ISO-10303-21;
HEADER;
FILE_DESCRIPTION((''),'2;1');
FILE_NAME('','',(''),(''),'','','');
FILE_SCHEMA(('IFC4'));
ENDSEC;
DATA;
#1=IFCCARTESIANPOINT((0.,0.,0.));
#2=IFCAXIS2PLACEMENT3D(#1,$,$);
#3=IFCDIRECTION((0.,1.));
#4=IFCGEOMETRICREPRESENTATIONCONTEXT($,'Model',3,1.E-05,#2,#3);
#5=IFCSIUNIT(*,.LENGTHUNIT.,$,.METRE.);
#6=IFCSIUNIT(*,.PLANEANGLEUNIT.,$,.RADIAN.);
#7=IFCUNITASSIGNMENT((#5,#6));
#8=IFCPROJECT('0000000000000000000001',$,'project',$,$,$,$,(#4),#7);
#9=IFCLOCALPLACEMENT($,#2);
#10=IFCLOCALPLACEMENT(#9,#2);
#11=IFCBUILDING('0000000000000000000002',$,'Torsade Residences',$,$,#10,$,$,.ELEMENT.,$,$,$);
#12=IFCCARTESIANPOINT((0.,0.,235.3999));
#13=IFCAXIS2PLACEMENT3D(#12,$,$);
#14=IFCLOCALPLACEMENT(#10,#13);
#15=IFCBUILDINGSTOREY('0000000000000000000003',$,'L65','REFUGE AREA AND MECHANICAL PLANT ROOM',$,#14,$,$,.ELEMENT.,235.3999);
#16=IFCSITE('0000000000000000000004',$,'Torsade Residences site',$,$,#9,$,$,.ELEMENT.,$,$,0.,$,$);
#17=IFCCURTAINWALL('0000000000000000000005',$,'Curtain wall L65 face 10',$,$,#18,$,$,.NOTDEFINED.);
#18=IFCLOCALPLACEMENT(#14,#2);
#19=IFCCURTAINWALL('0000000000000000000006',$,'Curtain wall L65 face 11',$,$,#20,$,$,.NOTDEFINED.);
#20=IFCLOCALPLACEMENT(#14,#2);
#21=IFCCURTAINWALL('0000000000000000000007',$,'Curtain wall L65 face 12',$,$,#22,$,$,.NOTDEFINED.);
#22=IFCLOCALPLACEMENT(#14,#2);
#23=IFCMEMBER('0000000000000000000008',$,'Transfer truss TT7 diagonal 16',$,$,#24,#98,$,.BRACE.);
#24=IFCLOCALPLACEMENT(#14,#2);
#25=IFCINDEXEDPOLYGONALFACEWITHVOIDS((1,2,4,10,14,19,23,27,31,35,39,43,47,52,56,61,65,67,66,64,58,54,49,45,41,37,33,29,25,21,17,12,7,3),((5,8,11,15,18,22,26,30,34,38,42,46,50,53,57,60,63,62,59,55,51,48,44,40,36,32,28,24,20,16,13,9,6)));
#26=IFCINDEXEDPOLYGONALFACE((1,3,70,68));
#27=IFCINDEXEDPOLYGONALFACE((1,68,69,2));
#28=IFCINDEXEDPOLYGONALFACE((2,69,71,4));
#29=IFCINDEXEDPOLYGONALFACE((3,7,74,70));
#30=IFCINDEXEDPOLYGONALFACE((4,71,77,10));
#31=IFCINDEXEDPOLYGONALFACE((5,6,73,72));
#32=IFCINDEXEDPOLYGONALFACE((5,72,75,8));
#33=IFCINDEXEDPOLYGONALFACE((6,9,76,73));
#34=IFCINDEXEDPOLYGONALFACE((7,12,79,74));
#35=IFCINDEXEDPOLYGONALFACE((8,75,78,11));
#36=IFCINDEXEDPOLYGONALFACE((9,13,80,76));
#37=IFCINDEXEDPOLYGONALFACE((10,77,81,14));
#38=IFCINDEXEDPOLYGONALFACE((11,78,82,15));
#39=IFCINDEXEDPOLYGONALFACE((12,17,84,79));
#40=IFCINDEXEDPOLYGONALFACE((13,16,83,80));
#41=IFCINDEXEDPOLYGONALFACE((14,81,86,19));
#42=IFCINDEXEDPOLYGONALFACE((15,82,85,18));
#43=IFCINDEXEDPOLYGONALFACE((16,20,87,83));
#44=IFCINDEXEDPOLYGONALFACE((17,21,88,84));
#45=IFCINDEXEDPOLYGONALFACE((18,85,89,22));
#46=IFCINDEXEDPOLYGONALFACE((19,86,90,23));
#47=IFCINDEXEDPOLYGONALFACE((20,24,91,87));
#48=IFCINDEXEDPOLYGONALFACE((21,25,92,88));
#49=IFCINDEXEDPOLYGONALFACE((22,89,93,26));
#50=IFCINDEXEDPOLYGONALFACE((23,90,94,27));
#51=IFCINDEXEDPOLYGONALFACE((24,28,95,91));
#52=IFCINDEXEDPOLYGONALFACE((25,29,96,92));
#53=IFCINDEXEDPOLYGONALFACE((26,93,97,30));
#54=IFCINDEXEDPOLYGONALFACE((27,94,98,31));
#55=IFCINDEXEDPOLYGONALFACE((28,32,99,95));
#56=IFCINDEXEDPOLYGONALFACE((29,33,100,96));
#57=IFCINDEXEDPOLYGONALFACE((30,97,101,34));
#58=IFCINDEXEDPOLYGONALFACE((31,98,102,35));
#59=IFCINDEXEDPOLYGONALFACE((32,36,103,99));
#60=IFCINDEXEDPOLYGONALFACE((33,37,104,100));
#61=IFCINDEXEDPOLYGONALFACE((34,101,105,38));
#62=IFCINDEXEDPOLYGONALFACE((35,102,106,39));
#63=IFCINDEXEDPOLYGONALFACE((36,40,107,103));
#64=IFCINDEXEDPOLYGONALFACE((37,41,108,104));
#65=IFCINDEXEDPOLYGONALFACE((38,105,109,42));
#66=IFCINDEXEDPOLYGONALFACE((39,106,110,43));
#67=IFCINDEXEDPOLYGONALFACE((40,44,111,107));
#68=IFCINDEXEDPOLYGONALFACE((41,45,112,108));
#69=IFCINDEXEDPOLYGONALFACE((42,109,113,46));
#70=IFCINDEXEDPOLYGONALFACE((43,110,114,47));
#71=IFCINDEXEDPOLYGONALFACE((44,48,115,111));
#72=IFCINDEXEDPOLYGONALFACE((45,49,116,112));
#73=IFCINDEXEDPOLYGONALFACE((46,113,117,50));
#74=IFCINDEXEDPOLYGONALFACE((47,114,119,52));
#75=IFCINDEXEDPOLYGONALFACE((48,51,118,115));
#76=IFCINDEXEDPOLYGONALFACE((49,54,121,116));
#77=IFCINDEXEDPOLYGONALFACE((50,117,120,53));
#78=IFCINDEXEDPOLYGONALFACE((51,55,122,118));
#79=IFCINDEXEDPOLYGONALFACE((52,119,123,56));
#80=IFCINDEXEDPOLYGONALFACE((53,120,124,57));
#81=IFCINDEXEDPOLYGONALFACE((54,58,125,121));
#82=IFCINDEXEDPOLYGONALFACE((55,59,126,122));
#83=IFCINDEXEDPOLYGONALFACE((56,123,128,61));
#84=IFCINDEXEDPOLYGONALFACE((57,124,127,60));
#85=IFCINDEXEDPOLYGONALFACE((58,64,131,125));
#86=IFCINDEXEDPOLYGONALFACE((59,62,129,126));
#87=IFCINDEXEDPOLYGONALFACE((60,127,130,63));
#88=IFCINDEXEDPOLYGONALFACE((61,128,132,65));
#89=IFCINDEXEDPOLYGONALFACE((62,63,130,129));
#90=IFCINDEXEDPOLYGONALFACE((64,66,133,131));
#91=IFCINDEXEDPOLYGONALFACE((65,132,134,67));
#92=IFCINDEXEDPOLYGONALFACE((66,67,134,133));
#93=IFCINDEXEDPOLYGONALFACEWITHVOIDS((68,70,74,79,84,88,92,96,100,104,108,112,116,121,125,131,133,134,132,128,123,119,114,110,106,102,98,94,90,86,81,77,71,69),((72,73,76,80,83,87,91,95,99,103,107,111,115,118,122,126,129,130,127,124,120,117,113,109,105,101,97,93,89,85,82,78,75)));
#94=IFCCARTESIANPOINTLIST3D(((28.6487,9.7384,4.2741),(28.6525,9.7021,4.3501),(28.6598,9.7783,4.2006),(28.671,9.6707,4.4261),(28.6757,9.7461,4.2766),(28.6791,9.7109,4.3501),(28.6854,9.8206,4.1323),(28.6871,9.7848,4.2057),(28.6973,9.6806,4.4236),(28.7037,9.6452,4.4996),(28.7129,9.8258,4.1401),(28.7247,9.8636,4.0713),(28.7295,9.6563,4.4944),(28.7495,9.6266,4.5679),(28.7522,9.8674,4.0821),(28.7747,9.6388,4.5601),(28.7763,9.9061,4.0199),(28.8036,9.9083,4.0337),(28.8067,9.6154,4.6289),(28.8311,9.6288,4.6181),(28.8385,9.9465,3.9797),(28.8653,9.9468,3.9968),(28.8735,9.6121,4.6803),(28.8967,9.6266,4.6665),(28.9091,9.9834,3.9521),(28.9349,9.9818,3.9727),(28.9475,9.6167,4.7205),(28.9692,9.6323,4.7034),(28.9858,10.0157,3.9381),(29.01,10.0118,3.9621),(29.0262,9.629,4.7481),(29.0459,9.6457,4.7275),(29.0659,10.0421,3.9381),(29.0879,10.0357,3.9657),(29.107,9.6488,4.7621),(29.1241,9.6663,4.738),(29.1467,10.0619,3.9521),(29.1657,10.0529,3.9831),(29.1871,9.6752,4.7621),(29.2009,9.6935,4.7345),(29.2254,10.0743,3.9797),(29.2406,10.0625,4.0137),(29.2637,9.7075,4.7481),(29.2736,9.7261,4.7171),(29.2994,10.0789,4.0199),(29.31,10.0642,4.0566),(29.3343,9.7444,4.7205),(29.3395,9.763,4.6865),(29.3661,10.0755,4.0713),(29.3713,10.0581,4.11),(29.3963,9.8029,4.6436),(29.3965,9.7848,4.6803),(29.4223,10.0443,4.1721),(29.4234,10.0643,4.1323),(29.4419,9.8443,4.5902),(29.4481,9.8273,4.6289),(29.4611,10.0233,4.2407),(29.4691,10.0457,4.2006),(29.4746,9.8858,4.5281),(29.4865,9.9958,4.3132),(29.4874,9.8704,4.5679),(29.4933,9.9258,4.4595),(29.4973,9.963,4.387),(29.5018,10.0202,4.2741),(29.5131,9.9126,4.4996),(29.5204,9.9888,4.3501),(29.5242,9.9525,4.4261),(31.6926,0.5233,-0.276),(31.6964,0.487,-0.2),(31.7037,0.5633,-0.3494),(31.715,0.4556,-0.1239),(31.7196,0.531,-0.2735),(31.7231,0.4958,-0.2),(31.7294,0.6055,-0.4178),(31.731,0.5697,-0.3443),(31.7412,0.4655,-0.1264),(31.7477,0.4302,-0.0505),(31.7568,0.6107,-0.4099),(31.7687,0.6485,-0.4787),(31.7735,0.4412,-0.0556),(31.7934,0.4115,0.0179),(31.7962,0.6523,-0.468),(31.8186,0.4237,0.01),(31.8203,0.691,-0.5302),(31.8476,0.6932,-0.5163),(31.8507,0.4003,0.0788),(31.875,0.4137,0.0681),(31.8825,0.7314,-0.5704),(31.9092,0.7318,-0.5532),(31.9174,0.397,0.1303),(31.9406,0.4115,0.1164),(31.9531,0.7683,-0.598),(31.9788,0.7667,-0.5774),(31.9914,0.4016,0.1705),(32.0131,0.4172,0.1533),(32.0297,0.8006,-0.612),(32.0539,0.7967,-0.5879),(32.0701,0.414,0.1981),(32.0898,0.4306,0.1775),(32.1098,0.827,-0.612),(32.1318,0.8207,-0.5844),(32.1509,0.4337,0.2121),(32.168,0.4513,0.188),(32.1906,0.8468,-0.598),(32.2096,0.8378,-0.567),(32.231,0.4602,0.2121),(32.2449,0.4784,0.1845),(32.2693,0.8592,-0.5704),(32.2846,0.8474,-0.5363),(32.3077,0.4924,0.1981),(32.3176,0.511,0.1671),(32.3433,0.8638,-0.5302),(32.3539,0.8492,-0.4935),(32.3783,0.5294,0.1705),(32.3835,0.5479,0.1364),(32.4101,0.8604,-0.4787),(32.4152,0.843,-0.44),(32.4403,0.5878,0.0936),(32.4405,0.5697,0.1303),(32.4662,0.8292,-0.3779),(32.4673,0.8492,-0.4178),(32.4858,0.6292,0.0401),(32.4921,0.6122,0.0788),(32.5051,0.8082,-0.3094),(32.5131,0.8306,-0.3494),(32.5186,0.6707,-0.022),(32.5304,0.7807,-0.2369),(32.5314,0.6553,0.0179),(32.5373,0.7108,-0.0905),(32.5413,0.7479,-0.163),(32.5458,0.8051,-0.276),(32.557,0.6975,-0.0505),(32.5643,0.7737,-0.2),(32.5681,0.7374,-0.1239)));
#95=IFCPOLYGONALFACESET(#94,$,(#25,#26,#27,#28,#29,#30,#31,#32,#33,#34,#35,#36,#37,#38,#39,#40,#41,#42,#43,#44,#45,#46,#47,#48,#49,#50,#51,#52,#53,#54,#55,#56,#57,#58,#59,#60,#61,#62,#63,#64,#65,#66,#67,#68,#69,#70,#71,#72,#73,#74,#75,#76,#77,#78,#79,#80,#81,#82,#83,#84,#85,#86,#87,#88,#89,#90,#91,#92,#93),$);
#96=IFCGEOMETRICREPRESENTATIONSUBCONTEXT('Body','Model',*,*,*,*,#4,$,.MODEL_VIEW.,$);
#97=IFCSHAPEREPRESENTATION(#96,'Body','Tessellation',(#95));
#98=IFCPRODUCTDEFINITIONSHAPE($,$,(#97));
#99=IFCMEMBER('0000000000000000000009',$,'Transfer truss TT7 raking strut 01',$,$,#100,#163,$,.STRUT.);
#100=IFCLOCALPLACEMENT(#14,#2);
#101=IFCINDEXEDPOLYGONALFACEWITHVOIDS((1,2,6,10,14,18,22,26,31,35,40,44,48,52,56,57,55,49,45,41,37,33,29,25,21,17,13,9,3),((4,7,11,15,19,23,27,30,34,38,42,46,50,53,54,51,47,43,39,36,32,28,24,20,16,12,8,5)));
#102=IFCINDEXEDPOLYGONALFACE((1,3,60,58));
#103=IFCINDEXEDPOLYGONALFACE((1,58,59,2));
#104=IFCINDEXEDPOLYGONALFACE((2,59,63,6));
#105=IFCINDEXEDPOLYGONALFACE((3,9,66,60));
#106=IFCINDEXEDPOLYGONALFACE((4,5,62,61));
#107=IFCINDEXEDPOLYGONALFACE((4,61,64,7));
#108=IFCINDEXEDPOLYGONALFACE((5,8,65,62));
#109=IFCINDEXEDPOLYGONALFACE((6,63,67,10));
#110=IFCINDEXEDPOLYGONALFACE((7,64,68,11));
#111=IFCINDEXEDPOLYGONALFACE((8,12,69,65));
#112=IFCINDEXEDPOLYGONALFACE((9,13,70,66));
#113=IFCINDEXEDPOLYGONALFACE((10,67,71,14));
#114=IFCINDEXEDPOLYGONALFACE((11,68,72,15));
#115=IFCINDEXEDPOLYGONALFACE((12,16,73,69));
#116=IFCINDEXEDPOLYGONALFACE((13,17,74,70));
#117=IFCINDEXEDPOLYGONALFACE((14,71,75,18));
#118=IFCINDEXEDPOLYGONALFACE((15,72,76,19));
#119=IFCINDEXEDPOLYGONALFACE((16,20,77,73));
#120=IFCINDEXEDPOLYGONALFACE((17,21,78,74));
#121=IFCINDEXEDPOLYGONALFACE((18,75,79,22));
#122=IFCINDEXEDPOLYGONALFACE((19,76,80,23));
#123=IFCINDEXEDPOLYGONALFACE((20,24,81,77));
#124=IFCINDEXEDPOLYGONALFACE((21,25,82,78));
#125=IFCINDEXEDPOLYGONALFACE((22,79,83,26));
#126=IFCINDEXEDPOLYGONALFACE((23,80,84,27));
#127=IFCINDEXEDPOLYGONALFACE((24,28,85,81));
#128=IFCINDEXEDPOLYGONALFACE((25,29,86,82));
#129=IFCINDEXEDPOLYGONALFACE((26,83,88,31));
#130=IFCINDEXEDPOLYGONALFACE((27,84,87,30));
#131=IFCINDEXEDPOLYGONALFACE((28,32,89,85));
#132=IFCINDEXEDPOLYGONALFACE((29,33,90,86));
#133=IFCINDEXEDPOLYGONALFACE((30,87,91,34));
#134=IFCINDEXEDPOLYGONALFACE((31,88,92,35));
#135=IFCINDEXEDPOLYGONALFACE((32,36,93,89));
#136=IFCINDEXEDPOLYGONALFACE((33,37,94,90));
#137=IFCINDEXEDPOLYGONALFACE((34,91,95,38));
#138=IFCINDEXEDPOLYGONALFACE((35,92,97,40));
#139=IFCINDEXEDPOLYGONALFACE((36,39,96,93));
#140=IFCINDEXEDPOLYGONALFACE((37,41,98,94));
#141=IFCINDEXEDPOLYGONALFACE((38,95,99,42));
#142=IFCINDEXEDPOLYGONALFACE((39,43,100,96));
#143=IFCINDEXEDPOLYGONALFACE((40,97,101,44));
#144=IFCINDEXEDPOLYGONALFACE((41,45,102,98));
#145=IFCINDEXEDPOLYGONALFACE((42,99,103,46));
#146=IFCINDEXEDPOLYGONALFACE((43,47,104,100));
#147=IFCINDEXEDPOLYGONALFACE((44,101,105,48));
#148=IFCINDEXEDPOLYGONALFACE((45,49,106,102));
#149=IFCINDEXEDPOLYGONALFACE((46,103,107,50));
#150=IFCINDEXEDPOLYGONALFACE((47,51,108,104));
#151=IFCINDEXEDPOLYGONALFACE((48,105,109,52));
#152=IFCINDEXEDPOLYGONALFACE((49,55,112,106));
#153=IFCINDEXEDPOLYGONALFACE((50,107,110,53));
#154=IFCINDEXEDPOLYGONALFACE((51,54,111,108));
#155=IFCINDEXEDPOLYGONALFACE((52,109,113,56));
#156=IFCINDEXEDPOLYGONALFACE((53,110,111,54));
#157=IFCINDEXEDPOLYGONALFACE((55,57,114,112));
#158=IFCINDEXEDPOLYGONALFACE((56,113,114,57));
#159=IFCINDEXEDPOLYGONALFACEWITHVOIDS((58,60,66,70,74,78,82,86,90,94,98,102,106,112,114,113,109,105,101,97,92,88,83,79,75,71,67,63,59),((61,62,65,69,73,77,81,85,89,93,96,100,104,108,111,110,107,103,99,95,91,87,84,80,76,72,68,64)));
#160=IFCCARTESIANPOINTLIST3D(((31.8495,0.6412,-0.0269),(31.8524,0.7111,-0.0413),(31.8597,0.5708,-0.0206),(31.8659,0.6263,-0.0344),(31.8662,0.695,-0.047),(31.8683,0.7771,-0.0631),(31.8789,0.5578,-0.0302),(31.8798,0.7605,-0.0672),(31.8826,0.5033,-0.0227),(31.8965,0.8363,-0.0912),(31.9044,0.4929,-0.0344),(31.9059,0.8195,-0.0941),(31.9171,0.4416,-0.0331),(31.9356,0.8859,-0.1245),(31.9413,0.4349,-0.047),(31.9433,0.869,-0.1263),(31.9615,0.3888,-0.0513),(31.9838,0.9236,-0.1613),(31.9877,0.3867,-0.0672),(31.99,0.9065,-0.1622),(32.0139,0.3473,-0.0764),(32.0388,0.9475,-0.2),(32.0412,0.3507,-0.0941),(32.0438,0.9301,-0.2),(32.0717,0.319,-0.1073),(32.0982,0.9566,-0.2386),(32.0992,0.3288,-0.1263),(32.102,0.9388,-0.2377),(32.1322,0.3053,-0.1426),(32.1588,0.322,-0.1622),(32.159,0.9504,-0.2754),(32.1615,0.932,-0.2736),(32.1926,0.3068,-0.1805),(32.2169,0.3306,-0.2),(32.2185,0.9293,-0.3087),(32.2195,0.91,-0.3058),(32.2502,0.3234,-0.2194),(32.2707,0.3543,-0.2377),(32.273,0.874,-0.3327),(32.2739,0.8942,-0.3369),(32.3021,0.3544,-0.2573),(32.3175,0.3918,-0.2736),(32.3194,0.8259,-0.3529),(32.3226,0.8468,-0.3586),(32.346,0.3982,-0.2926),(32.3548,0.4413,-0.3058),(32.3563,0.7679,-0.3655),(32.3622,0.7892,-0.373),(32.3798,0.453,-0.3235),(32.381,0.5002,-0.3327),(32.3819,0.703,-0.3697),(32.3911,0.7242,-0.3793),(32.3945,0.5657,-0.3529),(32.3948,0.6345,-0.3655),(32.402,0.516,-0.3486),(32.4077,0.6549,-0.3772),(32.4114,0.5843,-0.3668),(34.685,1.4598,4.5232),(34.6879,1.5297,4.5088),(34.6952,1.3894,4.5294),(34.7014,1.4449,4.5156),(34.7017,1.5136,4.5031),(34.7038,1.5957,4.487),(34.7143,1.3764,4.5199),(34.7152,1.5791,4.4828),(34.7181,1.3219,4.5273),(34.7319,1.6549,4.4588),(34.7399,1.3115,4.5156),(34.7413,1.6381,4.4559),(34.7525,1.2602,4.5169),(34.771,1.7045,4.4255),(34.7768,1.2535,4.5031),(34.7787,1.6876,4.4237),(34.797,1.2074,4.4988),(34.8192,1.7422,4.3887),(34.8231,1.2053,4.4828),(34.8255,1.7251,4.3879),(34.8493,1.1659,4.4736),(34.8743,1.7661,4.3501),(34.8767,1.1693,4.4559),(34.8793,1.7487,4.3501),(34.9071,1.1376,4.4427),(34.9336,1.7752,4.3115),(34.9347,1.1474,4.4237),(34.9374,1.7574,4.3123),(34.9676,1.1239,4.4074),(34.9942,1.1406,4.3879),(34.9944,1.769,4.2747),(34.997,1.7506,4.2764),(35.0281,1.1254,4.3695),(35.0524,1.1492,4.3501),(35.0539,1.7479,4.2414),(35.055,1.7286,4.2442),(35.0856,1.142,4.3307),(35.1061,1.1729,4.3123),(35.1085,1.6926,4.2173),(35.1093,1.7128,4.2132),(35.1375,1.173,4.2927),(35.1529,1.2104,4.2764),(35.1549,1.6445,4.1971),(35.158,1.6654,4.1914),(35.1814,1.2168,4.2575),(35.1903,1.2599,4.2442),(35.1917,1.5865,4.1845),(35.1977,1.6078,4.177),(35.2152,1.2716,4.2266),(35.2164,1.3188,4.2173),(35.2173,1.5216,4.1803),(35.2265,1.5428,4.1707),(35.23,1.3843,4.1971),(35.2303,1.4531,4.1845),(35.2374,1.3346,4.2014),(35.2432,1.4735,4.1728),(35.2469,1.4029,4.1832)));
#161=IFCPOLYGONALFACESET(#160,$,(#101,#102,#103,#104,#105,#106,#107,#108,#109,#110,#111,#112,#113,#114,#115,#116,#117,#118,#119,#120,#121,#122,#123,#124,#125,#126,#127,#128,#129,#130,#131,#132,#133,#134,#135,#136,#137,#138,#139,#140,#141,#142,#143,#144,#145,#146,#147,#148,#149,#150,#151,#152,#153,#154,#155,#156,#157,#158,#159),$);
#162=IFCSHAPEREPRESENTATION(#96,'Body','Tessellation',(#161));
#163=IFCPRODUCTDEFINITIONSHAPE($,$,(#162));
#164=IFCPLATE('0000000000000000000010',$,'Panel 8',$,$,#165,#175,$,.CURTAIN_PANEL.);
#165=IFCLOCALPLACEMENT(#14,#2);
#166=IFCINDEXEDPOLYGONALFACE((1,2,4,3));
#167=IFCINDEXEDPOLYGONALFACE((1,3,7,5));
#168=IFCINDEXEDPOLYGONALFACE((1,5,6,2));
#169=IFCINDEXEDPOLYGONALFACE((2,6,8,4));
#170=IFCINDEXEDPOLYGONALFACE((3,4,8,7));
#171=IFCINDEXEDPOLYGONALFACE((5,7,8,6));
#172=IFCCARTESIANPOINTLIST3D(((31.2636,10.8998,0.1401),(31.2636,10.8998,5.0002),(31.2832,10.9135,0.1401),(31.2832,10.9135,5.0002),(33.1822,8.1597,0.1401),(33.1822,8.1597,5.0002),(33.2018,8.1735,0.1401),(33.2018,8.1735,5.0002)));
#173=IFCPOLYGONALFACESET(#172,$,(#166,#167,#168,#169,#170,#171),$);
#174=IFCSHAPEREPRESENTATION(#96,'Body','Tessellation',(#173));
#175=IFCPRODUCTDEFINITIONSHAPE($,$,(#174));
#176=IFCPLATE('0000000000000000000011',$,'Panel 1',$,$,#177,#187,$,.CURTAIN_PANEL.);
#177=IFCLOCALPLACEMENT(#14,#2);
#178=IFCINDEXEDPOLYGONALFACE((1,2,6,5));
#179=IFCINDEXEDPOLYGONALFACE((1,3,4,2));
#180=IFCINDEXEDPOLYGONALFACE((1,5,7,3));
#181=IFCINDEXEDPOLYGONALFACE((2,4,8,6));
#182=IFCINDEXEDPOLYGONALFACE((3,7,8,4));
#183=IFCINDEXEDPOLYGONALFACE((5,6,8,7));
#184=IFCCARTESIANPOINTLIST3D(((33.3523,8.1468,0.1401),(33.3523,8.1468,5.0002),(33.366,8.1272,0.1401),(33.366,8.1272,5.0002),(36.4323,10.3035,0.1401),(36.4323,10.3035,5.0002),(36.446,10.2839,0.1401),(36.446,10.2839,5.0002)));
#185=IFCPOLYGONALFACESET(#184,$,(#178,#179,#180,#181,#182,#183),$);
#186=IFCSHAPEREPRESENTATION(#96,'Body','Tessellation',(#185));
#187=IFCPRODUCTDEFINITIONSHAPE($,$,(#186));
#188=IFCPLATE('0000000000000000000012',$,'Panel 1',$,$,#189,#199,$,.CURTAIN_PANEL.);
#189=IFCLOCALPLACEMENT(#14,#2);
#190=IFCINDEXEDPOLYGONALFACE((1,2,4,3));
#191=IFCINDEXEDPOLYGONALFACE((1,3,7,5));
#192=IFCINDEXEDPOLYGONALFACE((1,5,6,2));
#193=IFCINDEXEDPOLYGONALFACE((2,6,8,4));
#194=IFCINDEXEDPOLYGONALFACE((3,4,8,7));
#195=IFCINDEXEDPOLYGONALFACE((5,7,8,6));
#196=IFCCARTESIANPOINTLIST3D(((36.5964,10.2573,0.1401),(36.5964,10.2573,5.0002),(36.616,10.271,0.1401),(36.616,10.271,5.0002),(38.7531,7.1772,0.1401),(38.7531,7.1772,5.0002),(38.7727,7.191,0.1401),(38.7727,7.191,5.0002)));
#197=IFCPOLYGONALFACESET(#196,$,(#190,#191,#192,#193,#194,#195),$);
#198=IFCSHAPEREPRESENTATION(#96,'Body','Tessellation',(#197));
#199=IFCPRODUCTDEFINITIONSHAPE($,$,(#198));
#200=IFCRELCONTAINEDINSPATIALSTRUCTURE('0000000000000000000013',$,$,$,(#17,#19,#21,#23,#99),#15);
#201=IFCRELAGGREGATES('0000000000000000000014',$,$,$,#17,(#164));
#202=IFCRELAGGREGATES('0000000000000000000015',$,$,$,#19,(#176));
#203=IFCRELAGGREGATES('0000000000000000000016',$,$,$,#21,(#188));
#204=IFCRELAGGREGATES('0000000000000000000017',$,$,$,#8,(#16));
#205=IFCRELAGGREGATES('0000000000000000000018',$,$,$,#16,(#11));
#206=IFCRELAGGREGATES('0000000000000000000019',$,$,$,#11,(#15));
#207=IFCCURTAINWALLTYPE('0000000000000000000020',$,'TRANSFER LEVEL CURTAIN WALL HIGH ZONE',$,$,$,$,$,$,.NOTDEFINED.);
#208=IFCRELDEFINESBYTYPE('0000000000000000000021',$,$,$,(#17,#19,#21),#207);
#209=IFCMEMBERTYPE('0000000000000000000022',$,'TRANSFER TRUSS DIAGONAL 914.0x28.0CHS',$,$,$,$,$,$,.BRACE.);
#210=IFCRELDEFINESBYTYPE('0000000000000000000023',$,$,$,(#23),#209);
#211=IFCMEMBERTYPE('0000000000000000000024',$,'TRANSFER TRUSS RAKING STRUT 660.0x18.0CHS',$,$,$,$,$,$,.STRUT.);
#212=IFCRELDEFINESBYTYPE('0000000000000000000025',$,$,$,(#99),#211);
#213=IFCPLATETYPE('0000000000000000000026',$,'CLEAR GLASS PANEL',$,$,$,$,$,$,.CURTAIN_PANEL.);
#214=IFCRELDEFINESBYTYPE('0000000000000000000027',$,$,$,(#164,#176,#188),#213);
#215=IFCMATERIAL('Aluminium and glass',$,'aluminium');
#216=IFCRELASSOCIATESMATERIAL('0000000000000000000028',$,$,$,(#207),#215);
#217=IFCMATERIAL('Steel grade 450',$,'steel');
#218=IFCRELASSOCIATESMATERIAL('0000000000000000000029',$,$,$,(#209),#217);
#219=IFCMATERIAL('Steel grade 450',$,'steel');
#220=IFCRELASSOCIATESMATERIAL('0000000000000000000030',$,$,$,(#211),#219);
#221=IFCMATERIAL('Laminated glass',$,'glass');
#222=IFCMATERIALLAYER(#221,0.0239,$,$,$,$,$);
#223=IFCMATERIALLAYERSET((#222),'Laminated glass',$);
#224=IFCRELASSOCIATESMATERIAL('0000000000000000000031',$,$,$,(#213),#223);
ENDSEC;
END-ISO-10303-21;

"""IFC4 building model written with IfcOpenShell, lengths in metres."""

from ifc_helpers import new_model, si_unit, direction, frame, origin, origin_2d, place, context, subcontext, project, spatial, rectangle, hollow_circle, extrude, material, layer, layer_set, material_profile, profile_set, type_object, element, aggregate, save


model = new_model("IFC4")

# Units and contexts
model_context = context("Model", 3, precision=1e-05, world=origin(), true_north=direction((0.0, 1.0)))
body_context = subcontext(model_context, "Body", "Model", "MODEL_VIEW")
ifc_project = project(units=[si_unit("LENGTHUNIT", "METRE"), si_unit("PLANEANGLEUNIT", "RADIAN")], contexts=[model_context])

# Site, building, storey
site_placement = place(None, origin())
site = spatial("IfcSite", under=ifc_project, at=site_placement, Name="Torsade Residences site", CompositionType="ELEMENT", RefElevation=0.0)
building_placement = place(site_placement, origin())
building = spatial("IfcBuilding", under=site, at=building_placement, Name="Torsade Residences", CompositionType="ELEMENT")
storey_placement = place(building_placement, frame((0.0, 0.0, 235.3999)))
storey = spatial("IfcBuildingStorey", under=building, at=storey_placement, Name="L65", Description="REFUGE AREA AND MECHANICAL PLANT ROOM", CompositionType="ELEMENT", Elevation=235.3999)

# Curtain wall
ifc_material_1 = material(Name="Aluminium and glass", Category="aluminium")
curtain_wall_type = type_object("IfcCurtainWallType", Name="TRANSFER LEVEL CURTAIN WALL HIGH ZONE", PredefinedType="NOTDEFINED", material=ifc_material_1)
curtain_wall_1_placement = place(storey_placement, origin())
curtain_wall_1 = element("IfcCurtainWall", 1, at=curtain_wall_1_placement, inside=storey, type_object=curtain_wall_type, Name="Curtain wall L65 face 10", PredefinedType="NOTDEFINED")

# Curtain walls
curtain_wall_2_placement = place(storey_placement, origin())
curtain_wall_2 = element("IfcCurtainWall", 2, at=curtain_wall_2_placement, inside=storey, type_object=curtain_wall_type, Name="Curtain wall L65 face 11", PredefinedType="NOTDEFINED")
curtain_wall_3_placement = place(storey_placement, origin())
curtain_wall_3 = element("IfcCurtainWall", 3, at=curtain_wall_3_placement, inside=storey, type_object=curtain_wall_type, Name="Curtain wall L65 face 12", PredefinedType="NOTDEFINED")

# Members
ifc_material_2 = material(Name="Steel grade 450", Category="steel")
ifc_material_profile_1 = material_profile(ifc_material_2, hollow_circle(Radius=0.457, WallThickness=0.0281, at=origin_2d()), Name="914.0x28.0CHS")
ifc_profile_set_1 = profile_set([ifc_material_profile_1], Name="Steel grade 450")
member_type_1 = type_object("IfcMemberType", Name="TRANSFER TRUSS DIAGONAL 914.0x28.0CHS", PredefinedType="BRACE", material=ifc_profile_set_1)
member_1_placement = place(storey_placement, frame((32.1304, 0.6304, -0.2), z_axis=(-0.28399, 0.859736, 0.424504), x_axis=(-0.949538, -0.313653, 0.0)))
element("IfcMember", 4, at=member_1_placement, inside=storey, type_object=member_type_1, Name="Transfer truss TT7 diagonal 16", PredefinedType="BRACE", context=body_context, shape_type="SweptSolid", body=[
    extrude(hollow_circle(Radius=0.457, WallThickness=0.0281, at=origin_2d()), origin(), (0.0, 0.0, 1.0), 10.7185),
])
ifc_material_3 = material(Name="Steel grade 450", Category="steel")
ifc_material_profile_2 = material_profile(ifc_material_3, hollow_circle(Radius=0.3301, WallThickness=0.0181, at=origin_2d()), Name="660.0x18.0CHS")
ifc_profile_set_2 = profile_set([ifc_material_profile_2], Name="Steel grade 450")
member_type_2 = type_object("IfcMemberType", Name="TRANSFER TRUSS RAKING STRUT 660.0x18.0CHS", PredefinedType="STRUT", material=ifc_profile_set_2)
member_2_placement = place(storey_placement, frame((32.1304, 0.6304, -0.2), z_axis=(0.522822, 0.15094, 0.838972), x_axis=(-0.277375, 0.960762, 0.0)))
element("IfcMember", 5, at=member_2_placement, inside=storey, type_object=member_type_2, Name="Transfer truss TT7 raking strut 01", PredefinedType="STRUT", context=body_context, shape_type="SweptSolid", body=[
    extrude(hollow_circle(Radius=0.3301, WallThickness=0.0181, at=origin_2d()), origin(), (0.0, 0.0, 1.0), 5.4233),
])

# Plates
ifc_material_4 = material(Name="Laminated glass", Category="glass")
ifc_layer = layer(ifc_material_4, 0.0239)
ifc_layer_set = layer_set([ifc_layer], Name="Laminated glass")
plate_type = type_object("IfcPlateType", Name="CLEAR GLASS PANEL", PredefinedType="CURTAIN_PANEL", material=ifc_layer_set)
plate_1_placement = place(storey_placement, frame((32.2327, 9.5366, 0.1401), z_axis=(0.0, 0.0, 1.0), x_axis=(0.573576, -0.819152, 0.0)))
plate_1 = element("IfcPlate", 6, at=plate_1_placement, type_object=plate_type, Name="Panel 8", PredefinedType="CURTAIN_PANEL", context=body_context, shape_type="SweptSolid", body=[
    extrude(rectangle(XDim=3.345, YDim=0.0239, at=origin_2d()), origin(), (0.0, 0.0, 1.0), 4.8601),
])
aggregate(curtain_wall_1, [plate_1])
plate_2_placement = place(storey_placement, frame((34.8992, 9.2153, 0.1401), z_axis=(0.0, 0.0, 1.0), x_axis=(0.819152, 0.573576, 0.0)))
plate_2 = element("IfcPlate", 7, at=plate_2_placement, type_object=plate_type, Name="Panel 1", PredefinedType="CURTAIN_PANEL", context=body_context, shape_type="SweptSolid", body=[
    extrude(rectangle(XDim=3.76, YDim=0.0239, at=origin_2d()), origin(), (0.0, 0.0, 1.0), 4.8601),
])
aggregate(curtain_wall_2, [plate_2])
plate_3_placement = place(storey_placement, frame((37.6846, 8.7241, 0.1401), z_axis=(0.0, 0.0, 1.0), x_axis=(0.573576, -0.819152, 0.0)))
plate_3 = element("IfcPlate", 8, at=plate_3_placement, type_object=plate_type, Name="Panel 1", PredefinedType="CURTAIN_PANEL", context=body_context, shape_type="SweptSolid", body=[
    extrude(rectangle(XDim=3.76, YDim=0.0239, at=origin_2d()), origin(), (0.0, 0.0, 1.0), 4.8601),
])
aggregate(curtain_wall_3, [plate_3])

save(model, "model.ifc")
